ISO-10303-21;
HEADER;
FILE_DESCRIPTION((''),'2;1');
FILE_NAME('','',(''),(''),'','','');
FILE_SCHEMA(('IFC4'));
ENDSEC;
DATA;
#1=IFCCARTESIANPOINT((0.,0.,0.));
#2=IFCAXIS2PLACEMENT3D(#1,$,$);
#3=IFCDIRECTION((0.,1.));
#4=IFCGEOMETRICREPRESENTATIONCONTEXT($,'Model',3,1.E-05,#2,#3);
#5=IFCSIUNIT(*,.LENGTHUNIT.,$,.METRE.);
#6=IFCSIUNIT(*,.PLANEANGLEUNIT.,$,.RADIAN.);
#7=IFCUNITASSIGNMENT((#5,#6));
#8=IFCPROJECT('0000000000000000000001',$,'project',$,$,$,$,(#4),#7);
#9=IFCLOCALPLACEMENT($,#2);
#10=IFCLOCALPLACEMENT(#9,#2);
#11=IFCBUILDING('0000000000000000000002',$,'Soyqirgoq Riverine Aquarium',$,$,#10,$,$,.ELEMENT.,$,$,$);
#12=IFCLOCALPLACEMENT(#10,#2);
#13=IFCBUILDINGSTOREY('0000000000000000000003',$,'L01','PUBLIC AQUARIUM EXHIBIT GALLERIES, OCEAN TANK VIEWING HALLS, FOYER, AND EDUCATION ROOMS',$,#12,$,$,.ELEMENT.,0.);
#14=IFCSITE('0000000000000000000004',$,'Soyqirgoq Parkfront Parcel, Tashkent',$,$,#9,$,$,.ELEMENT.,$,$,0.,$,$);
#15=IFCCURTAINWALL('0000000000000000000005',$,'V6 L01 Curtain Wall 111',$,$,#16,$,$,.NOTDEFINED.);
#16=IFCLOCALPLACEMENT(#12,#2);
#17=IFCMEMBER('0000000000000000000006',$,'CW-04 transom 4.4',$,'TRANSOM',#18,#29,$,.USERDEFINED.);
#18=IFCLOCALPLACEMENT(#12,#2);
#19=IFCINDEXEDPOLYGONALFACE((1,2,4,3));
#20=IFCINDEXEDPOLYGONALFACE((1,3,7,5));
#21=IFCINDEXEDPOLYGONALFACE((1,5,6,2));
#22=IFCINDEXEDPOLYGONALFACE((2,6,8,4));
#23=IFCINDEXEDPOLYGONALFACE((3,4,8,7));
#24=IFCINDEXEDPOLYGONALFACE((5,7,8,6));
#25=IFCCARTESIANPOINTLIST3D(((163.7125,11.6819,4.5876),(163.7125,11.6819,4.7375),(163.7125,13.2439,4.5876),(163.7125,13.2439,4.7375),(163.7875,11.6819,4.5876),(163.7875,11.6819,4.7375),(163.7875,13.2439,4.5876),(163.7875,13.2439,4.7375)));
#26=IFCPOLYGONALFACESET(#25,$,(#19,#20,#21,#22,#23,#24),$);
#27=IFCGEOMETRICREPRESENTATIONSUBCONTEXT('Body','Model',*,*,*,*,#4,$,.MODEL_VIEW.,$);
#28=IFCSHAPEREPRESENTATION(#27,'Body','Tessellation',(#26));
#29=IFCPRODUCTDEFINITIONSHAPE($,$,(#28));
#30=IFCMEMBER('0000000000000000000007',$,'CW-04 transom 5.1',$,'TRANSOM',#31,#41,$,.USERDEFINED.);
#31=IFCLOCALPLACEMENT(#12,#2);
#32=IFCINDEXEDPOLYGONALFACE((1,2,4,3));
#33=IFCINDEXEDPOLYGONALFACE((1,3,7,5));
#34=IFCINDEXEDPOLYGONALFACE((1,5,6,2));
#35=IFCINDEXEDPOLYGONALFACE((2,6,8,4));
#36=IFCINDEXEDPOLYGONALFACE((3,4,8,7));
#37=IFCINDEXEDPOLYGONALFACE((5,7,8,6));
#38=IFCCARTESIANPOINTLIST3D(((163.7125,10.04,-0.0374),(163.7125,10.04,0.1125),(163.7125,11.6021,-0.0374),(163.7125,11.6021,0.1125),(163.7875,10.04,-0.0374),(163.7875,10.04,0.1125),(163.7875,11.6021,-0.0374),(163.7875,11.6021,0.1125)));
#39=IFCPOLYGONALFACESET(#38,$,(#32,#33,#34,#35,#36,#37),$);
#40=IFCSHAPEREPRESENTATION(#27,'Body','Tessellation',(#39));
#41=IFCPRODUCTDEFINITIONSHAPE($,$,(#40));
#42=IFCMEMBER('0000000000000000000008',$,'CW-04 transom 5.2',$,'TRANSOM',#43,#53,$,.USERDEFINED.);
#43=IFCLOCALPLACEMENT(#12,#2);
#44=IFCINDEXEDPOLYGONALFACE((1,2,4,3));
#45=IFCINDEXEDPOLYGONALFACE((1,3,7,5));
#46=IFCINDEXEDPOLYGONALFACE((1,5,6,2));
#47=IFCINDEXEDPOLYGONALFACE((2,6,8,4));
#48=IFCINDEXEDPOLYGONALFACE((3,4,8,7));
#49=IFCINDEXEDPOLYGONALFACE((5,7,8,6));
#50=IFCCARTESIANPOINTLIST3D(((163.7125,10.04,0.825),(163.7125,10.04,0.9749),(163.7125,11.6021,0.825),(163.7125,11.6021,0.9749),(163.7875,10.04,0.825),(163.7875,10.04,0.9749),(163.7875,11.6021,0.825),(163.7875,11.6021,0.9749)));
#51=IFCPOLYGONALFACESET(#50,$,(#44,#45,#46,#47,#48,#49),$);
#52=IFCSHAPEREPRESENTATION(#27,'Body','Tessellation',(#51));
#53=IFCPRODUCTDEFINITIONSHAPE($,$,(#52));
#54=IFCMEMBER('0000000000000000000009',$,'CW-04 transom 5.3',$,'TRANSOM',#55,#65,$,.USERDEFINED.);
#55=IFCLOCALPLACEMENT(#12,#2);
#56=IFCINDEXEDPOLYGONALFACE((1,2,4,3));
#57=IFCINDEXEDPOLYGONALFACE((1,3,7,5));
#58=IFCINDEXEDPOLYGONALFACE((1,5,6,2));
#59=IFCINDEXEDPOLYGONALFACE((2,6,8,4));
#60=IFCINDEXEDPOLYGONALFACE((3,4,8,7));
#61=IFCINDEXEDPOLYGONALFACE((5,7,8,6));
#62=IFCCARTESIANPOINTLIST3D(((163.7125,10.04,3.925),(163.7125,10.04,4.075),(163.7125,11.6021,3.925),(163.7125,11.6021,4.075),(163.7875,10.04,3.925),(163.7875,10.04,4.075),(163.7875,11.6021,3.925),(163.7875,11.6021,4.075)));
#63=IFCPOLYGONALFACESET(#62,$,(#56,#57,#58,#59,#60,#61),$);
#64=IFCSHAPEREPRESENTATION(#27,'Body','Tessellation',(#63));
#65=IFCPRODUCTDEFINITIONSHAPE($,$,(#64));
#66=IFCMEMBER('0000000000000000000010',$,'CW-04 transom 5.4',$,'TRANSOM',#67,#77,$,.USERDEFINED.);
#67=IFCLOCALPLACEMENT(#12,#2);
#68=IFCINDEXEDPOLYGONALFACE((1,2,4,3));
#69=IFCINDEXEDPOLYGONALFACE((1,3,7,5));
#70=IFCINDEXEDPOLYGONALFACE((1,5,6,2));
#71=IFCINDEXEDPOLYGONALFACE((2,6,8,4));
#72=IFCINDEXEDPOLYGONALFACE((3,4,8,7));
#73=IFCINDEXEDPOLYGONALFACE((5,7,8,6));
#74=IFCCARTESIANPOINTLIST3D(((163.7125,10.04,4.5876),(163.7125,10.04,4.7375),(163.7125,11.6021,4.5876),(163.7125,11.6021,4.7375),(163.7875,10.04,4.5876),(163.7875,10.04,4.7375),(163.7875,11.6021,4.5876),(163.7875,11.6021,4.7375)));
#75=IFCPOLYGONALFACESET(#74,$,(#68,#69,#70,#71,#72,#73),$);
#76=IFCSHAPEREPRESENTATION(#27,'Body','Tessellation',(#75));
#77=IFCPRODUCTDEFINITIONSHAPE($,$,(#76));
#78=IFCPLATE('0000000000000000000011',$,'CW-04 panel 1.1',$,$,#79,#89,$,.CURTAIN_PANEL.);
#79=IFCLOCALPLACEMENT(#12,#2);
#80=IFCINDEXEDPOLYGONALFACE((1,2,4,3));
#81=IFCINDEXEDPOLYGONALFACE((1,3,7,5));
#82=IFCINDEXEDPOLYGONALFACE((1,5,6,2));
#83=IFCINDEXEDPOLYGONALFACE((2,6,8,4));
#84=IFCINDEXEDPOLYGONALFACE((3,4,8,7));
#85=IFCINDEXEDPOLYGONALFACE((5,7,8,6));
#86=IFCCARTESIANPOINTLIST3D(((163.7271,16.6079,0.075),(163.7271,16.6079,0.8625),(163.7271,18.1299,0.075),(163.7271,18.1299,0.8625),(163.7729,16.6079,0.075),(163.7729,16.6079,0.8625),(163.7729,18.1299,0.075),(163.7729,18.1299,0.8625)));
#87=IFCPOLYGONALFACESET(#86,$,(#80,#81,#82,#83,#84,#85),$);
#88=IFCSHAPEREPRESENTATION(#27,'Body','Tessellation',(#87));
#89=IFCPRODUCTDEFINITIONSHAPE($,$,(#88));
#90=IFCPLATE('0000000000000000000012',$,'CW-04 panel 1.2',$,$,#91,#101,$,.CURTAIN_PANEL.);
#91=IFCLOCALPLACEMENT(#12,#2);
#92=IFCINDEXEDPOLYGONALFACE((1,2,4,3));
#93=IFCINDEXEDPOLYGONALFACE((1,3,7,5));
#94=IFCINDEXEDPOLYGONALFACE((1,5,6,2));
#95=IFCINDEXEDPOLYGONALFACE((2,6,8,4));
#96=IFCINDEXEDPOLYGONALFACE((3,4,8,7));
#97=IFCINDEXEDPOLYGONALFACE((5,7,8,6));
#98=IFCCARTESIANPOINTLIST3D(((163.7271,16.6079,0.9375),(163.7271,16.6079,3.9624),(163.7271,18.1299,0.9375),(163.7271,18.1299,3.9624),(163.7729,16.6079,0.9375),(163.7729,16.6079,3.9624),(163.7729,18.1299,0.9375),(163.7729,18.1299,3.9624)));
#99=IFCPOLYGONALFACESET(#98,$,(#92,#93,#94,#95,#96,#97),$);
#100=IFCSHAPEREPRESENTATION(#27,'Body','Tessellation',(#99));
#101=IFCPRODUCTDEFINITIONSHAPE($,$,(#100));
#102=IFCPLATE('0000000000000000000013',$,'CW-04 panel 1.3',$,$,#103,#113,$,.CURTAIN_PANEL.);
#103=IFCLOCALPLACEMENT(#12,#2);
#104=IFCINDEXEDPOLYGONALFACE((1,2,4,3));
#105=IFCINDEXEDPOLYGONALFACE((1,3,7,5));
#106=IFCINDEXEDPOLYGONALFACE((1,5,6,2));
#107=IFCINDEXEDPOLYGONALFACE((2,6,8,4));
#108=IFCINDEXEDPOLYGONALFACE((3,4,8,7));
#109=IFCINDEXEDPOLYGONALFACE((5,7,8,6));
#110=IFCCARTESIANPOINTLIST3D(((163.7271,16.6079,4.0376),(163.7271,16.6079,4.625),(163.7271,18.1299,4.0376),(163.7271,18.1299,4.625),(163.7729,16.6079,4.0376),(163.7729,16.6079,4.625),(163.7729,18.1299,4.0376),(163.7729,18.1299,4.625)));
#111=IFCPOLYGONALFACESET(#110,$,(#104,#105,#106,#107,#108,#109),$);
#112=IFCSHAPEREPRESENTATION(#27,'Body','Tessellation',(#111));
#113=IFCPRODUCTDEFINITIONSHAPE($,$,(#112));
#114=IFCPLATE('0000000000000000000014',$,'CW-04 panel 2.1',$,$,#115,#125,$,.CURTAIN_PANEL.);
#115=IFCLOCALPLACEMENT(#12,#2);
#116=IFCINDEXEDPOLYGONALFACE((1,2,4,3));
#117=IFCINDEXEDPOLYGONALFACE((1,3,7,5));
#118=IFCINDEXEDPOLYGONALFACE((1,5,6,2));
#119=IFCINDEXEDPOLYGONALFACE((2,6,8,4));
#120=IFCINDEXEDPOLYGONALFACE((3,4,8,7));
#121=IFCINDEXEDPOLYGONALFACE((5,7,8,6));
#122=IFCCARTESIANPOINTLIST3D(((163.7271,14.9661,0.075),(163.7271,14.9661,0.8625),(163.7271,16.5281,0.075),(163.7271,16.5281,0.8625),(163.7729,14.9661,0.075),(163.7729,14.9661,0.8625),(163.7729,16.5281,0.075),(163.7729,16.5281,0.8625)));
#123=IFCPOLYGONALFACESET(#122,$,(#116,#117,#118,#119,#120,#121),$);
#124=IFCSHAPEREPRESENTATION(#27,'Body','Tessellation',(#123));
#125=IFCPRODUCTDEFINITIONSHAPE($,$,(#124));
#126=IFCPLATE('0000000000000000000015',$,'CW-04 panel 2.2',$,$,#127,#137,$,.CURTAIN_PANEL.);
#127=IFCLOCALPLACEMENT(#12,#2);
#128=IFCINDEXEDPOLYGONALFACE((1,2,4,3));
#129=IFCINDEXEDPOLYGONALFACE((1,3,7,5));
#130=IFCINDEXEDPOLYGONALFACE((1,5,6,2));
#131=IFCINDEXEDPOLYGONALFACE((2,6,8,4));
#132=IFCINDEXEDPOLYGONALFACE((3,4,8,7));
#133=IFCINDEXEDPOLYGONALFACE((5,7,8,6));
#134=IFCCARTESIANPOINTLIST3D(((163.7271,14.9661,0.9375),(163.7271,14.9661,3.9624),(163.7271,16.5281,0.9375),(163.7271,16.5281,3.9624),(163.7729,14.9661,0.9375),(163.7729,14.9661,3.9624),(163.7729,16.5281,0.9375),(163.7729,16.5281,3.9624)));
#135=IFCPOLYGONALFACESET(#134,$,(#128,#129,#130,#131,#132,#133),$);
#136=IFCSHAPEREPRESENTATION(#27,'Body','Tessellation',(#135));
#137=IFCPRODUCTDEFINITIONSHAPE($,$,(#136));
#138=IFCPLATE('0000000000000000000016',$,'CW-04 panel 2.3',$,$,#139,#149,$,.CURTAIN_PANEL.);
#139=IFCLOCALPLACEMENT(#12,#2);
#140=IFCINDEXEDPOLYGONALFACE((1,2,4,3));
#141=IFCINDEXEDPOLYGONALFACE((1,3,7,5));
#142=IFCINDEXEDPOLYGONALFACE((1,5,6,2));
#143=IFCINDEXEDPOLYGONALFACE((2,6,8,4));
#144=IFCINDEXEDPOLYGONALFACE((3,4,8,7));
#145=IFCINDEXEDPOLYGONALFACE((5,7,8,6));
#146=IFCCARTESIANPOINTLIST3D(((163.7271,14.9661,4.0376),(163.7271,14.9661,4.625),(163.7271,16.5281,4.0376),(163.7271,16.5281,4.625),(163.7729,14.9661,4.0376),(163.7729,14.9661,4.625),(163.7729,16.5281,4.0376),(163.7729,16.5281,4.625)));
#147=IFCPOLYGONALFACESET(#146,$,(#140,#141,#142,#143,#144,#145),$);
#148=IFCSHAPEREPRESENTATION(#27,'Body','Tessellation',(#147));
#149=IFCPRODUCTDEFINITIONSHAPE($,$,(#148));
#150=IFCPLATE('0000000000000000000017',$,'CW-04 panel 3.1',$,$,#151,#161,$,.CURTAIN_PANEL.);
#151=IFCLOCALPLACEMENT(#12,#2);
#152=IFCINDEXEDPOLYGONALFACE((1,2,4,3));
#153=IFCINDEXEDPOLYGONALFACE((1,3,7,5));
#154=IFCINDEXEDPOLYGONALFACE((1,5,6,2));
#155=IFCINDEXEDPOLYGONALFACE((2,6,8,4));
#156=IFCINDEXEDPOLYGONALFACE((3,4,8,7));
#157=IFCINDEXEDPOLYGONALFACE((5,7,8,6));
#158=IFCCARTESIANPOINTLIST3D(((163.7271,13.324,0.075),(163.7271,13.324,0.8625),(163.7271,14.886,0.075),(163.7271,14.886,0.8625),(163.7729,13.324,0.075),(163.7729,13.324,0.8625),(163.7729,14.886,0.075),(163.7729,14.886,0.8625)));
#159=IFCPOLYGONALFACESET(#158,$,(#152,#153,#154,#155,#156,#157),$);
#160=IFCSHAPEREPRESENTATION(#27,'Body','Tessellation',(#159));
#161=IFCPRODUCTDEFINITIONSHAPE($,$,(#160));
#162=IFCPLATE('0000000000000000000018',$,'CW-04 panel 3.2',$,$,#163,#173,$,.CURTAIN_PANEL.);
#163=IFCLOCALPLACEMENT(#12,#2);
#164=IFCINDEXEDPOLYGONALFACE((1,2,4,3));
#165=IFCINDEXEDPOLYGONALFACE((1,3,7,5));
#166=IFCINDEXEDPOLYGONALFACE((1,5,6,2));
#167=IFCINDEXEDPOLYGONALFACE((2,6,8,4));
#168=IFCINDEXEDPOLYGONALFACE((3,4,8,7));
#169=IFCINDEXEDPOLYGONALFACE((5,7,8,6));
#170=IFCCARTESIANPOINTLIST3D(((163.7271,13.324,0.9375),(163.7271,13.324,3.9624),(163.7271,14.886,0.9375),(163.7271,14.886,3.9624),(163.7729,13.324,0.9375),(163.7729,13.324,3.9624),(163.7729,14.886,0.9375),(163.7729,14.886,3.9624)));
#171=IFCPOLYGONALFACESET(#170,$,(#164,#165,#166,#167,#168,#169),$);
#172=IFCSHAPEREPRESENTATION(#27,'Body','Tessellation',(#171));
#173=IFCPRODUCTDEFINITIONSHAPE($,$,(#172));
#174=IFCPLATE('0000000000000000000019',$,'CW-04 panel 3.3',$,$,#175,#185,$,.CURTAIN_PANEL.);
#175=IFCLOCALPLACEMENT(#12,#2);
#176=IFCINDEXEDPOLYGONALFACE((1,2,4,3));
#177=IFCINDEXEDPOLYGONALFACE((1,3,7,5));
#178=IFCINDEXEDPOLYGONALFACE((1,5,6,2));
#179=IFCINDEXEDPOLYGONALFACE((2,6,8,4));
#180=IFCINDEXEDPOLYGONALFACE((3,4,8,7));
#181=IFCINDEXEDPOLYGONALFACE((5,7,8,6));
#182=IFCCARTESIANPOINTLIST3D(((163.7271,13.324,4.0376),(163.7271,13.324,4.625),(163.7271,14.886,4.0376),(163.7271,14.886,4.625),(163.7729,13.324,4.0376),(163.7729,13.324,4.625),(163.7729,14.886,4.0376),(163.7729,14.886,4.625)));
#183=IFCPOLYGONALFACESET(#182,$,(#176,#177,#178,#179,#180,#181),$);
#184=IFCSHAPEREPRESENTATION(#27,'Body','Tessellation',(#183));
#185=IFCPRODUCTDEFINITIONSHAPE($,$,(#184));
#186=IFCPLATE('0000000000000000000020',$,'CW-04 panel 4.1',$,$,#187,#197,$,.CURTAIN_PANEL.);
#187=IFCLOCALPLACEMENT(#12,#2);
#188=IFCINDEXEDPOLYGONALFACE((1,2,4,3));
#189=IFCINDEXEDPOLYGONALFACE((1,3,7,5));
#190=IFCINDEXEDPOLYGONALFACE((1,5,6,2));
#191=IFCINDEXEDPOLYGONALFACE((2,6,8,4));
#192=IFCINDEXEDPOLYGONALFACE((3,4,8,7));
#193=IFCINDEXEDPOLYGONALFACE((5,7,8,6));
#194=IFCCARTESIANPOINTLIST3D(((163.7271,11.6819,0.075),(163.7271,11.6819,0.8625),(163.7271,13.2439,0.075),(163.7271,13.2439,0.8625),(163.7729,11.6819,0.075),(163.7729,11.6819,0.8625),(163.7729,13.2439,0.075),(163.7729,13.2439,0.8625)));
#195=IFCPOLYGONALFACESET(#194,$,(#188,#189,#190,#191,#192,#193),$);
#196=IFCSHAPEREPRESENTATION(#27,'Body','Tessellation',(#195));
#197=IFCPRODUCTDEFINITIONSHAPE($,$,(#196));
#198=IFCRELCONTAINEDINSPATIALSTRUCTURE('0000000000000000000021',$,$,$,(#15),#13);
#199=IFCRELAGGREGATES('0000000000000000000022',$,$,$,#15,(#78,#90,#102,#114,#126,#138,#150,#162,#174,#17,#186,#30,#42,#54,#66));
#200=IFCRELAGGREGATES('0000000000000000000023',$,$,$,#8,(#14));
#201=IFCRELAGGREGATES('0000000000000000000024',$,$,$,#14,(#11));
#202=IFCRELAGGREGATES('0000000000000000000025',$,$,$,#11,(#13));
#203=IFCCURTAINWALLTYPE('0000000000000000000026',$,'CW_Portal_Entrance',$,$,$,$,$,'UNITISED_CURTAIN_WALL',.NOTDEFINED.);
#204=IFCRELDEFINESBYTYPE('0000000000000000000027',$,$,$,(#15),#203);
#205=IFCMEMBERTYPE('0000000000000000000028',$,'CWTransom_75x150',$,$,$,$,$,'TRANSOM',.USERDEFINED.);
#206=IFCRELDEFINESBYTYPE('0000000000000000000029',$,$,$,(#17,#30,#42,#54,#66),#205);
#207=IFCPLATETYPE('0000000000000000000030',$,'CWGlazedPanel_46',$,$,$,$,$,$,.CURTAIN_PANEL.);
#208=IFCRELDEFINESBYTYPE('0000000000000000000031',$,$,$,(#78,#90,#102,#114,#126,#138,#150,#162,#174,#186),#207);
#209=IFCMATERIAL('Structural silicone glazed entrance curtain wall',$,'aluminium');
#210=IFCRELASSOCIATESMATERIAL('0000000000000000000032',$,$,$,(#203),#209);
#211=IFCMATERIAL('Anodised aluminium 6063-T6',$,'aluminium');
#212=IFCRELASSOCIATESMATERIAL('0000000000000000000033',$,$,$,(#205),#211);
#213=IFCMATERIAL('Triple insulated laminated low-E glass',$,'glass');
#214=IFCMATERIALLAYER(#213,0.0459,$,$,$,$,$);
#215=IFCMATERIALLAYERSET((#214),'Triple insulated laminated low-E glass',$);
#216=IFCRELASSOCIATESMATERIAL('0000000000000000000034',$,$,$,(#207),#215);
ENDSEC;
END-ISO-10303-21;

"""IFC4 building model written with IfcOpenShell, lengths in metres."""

from ifc_helpers import new_model, si_unit, direction, frame, origin, origin_2d, place, context, subcontext, project, spatial, rectangle, extrude, material, layer, layer_set, material_profile, profile_set, type_object, element, aggregate, save


model = new_model("IFC4")

# Units and contexts
model_context = context("Model", 3, precision=1e-05, world=origin(), true_north=direction((0.0, 1.0)))
body_context = subcontext(model_context, "Body", "Model", "MODEL_VIEW")
ifc_project = project(units=[si_unit("LENGTHUNIT", "METRE"), si_unit("PLANEANGLEUNIT", "RADIAN")], contexts=[model_context])

# Site, building, storey
site_placement = place(None, origin())
site = spatial("IfcSite", under=ifc_project, at=site_placement, Name="Soyqirgoq Parkfront Parcel, Tashkent", CompositionType="ELEMENT", RefElevation=0.0)
building_placement = place(site_placement, origin())
building = spatial("IfcBuilding", under=site, at=building_placement, Name="Soyqirgoq Riverine Aquarium", CompositionType="ELEMENT")
storey_placement = place(building_placement, origin())
storey = spatial("IfcBuildingStorey", under=building, at=storey_placement, Name="L01", Description="PUBLIC AQUARIUM EXHIBIT GALLERIES, OCEAN TANK VIEWING HALLS, FOYER, AND EDUCATION ROOMS", CompositionType="ELEMENT", Elevation=0.0)

# Curtain wall, members, plates
ifc_material_1 = material(Name="Structural silicone glazed entrance curtain wall", Category="aluminium")
curtain_wall_type = type_object("IfcCurtainWallType", Name="CW_Portal_Entrance", ElementType="UNITISED_CURTAIN_WALL", PredefinedType="NOTDEFINED", material=ifc_material_1)
curtain_wall_placement = place(storey_placement, origin())
curtain_wall = element("IfcCurtainWall", 1, at=curtain_wall_placement, inside=storey, type_object=curtain_wall_type, Name="V6 L01 Curtain Wall 111", PredefinedType="NOTDEFINED")
ifc_material_2 = material(Name="Anodised aluminium 6063-T6", Category="aluminium")
ifc_material_profile_1 = material_profile(ifc_material_2, rectangle(XDim=0.075, YDim=0.1499, at=origin_2d()), Name="ALU-T 75x150")
ifc_profile_set_1 = profile_set([ifc_material_profile_1], Name="Anodised aluminium 6063-T6")
member_type_1 = type_object("IfcMemberType", Name="CWTransom_75x150", ElementType="TRANSOM", PredefinedType="USERDEFINED", material=ifc_profile_set_1)
member_1_placement = place(storey_placement, frame((163.75, 13.2439, 4.6626), z_axis=(0.0, -1.0, 0.0), x_axis=(1.0, 0.0, 0.0)))
member_1 = element("IfcMember", 2, at=member_1_placement, type_object=member_type_1, Name="CW-04 transom 4.4", ObjectType="TRANSOM", PredefinedType="USERDEFINED", context=body_context, shape_type="SweptSolid", body=[
    extrude(rectangle(XDim=0.075, YDim=0.1499, at=origin_2d()), origin(), (0.0, 0.0, 1.0), 1.562),
])
member_2_placement = place(storey_placement, frame((163.75, 11.6021, 0.0376), z_axis=(0.0, -1.0, 0.0), x_axis=(1.0, 0.0, 0.0)))
member_2 = element("IfcMember", 3, at=member_2_placement, type_object=member_type_1, Name="CW-04 transom 5.1", ObjectType="TRANSOM", PredefinedType="USERDEFINED", context=body_context, shape_type="SweptSolid", body=[
    extrude(rectangle(XDim=0.075, YDim=0.1499, at=origin_2d()), origin(), (0.0, 0.0, 1.0), 1.562),
])
member_3_placement = place(storey_placement, frame((163.75, 11.6021, 0.8999), z_axis=(0.0, -1.0, 0.0), x_axis=(1.0, 0.0, 0.0)))
member_3 = element("IfcMember", 4, at=member_3_placement, type_object=member_type_1, Name="CW-04 transom 5.2", ObjectType="TRANSOM", PredefinedType="USERDEFINED", context=body_context, shape_type="SweptSolid", body=[
    extrude(rectangle(XDim=0.075, YDim=0.1499, at=origin_2d()), origin(), (0.0, 0.0, 1.0), 1.562),
])
member_4_placement = place(storey_placement, frame((163.75, 11.6021, 4.0), z_axis=(0.0, -1.0, 0.0), x_axis=(1.0, 0.0, 0.0)))
member_4 = element("IfcMember", 5, at=member_4_placement, type_object=member_type_1, Name="CW-04 transom 5.3", ObjectType="TRANSOM", PredefinedType="USERDEFINED", context=body_context, shape_type="SweptSolid", body=[
    extrude(rectangle(XDim=0.075, YDim=0.1499, at=origin_2d()), origin(), (0.0, 0.0, 1.0), 1.562),
])
member_5_placement = place(storey_placement, frame((163.75, 11.6021, 4.6626), z_axis=(0.0, -1.0, 0.0), x_axis=(1.0, 0.0, 0.0)))
member_5 = element("IfcMember", 6, at=member_5_placement, type_object=member_type_1, Name="CW-04 transom 5.4", ObjectType="TRANSOM", PredefinedType="USERDEFINED", context=body_context, shape_type="SweptSolid", body=[
    extrude(rectangle(XDim=0.075, YDim=0.1499, at=origin_2d()), origin(), (0.0, 0.0, 1.0), 1.562),
])
ifc_material_3 = material(Name="Triple insulated laminated low-E glass", Category="glass")
ifc_layer = layer(ifc_material_3, 0.0459)
ifc_layer_set = layer_set([ifc_layer], Name="Triple insulated laminated low-E glass")
plate_type = type_object("IfcPlateType", Name="CWGlazedPanel_46", PredefinedType="CURTAIN_PANEL", material=ifc_layer_set)
plate_1_placement = place(storey_placement, frame((163.75, 17.3689, 0.075), z_axis=(0.0, 0.0, 1.0), x_axis=(0.0, -1.0, 0.0)))
plate_1 = element("IfcPlate", 7, at=plate_1_placement, type_object=plate_type, Name="CW-04 panel 1.1", PredefinedType="CURTAIN_PANEL", context=body_context, shape_type="SweptSolid", body=[
    extrude(rectangle(XDim=1.522, YDim=0.0459, at=origin_2d()), origin(), (0.0, 0.0, 1.0), 0.7876),
])
plate_2_placement = place(storey_placement, frame((163.75, 17.3689, 0.9375), z_axis=(0.0, 0.0, 1.0), x_axis=(0.0, -1.0, 0.0)))
plate_2 = element("IfcPlate", 8, at=plate_2_placement, type_object=plate_type, Name="CW-04 panel 1.2", PredefinedType="CURTAIN_PANEL", context=body_context, shape_type="SweptSolid", body=[
    extrude(rectangle(XDim=1.522, YDim=0.0459, at=origin_2d()), origin(), (0.0, 0.0, 1.0), 3.0249),
])
plate_3_placement = place(storey_placement, frame((163.75, 17.3689, 4.0376), z_axis=(0.0, 0.0, 1.0), x_axis=(0.0, -1.0, 0.0)))
plate_3 = element("IfcPlate", 9, at=plate_3_placement, type_object=plate_type, Name="CW-04 panel 1.3", PredefinedType="CURTAIN_PANEL", context=body_context, shape_type="SweptSolid", body=[
    extrude(rectangle(XDim=1.522, YDim=0.0459, at=origin_2d()), origin(), (0.0, 0.0, 1.0), 0.5874),
])
plate_4_placement = place(storey_placement, frame((163.75, 15.7471, 0.075), z_axis=(0.0, 0.0, 1.0), x_axis=(0.0, -1.0, 0.0)))
plate_4 = element("IfcPlate", 10, at=plate_4_placement, type_object=plate_type, Name="CW-04 panel 2.1", PredefinedType="CURTAIN_PANEL", context=body_context, shape_type="SweptSolid", body=[
    extrude(rectangle(XDim=1.562, YDim=0.0459, at=origin_2d()), origin(), (0.0, 0.0, 1.0), 0.7876),
])
plate_5_placement = place(storey_placement, frame((163.75, 15.7471, 0.9375), z_axis=(0.0, 0.0, 1.0), x_axis=(0.0, -1.0, 0.0)))
plate_5 = element("IfcPlate", 11, at=plate_5_placement, type_object=plate_type, Name="CW-04 panel 2.2", PredefinedType="CURTAIN_PANEL", context=body_context, shape_type="SweptSolid", body=[
    extrude(rectangle(XDim=1.562, YDim=0.0459, at=origin_2d()), origin(), (0.0, 0.0, 1.0), 3.0249),
])
plate_6_placement = place(storey_placement, frame((163.75, 15.7471, 4.0376), z_axis=(0.0, 0.0, 1.0), x_axis=(0.0, -1.0, 0.0)))
plate_6 = element("IfcPlate", 12, at=plate_6_placement, type_object=plate_type, Name="CW-04 panel 2.3", PredefinedType="CURTAIN_PANEL", context=body_context, shape_type="SweptSolid", body=[
    extrude(rectangle(XDim=1.562, YDim=0.0459, at=origin_2d()), origin(), (0.0, 0.0, 1.0), 0.5874),
])
plate_7_placement = place(storey_placement, frame((163.75, 14.105, 0.075), z_axis=(0.0, 0.0, 1.0), x_axis=(0.0, -1.0, 0.0)))
plate_7 = element("IfcPlate", 13, at=plate_7_placement, type_object=plate_type, Name="CW-04 panel 3.1", PredefinedType="CURTAIN_PANEL", context=body_context, shape_type="SweptSolid", body=[
    extrude(rectangle(XDim=1.562, YDim=0.0459, at=origin_2d()), origin(), (0.0, 0.0, 1.0), 0.7876),
])
plate_8_placement = place(storey_placement, frame((163.75, 14.105, 0.9375), z_axis=(0.0, 0.0, 1.0), x_axis=(0.0, -1.0, 0.0)))
plate_8 = element("IfcPlate", 14, at=plate_8_placement, type_object=plate_type, Name="CW-04 panel 3.2", PredefinedType="CURTAIN_PANEL", context=body_context, shape_type="SweptSolid", body=[
    extrude(rectangle(XDim=1.562, YDim=0.0459, at=origin_2d()), origin(), (0.0, 0.0, 1.0), 3.0249),
])
plate_9_placement = place(storey_placement, frame((163.75, 14.105, 4.0376), z_axis=(0.0, 0.0, 1.0), x_axis=(0.0, -1.0, 0.0)))
plate_9 = element("IfcPlate", 15, at=plate_9_placement, type_object=plate_type, Name="CW-04 panel 3.3", PredefinedType="CURTAIN_PANEL", context=body_context, shape_type="SweptSolid", body=[
    extrude(rectangle(XDim=1.562, YDim=0.0459, at=origin_2d()), origin(), (0.0, 0.0, 1.0), 0.5874),
])
plate_10_placement = place(storey_placement, frame((163.75, 12.4629, 0.075), z_axis=(0.0, 0.0, 1.0), x_axis=(0.0, -1.0, 0.0)))
plate_10 = element("IfcPlate", 16, at=plate_10_placement, type_object=plate_type, Name="CW-04 panel 4.1", PredefinedType="CURTAIN_PANEL", context=body_context, shape_type="SweptSolid", body=[
    extrude(rectangle(XDim=1.562, YDim=0.0459, at=origin_2d()), origin(), (0.0, 0.0, 1.0), 0.7876),
])
aggregate(curtain_wall, [plate_1, plate_2, plate_3, plate_4, plate_5, plate_6, plate_7, plate_8, plate_9, member_1, plate_10, member_2, member_3, member_4, member_5])

save(model, "model.ifc")
